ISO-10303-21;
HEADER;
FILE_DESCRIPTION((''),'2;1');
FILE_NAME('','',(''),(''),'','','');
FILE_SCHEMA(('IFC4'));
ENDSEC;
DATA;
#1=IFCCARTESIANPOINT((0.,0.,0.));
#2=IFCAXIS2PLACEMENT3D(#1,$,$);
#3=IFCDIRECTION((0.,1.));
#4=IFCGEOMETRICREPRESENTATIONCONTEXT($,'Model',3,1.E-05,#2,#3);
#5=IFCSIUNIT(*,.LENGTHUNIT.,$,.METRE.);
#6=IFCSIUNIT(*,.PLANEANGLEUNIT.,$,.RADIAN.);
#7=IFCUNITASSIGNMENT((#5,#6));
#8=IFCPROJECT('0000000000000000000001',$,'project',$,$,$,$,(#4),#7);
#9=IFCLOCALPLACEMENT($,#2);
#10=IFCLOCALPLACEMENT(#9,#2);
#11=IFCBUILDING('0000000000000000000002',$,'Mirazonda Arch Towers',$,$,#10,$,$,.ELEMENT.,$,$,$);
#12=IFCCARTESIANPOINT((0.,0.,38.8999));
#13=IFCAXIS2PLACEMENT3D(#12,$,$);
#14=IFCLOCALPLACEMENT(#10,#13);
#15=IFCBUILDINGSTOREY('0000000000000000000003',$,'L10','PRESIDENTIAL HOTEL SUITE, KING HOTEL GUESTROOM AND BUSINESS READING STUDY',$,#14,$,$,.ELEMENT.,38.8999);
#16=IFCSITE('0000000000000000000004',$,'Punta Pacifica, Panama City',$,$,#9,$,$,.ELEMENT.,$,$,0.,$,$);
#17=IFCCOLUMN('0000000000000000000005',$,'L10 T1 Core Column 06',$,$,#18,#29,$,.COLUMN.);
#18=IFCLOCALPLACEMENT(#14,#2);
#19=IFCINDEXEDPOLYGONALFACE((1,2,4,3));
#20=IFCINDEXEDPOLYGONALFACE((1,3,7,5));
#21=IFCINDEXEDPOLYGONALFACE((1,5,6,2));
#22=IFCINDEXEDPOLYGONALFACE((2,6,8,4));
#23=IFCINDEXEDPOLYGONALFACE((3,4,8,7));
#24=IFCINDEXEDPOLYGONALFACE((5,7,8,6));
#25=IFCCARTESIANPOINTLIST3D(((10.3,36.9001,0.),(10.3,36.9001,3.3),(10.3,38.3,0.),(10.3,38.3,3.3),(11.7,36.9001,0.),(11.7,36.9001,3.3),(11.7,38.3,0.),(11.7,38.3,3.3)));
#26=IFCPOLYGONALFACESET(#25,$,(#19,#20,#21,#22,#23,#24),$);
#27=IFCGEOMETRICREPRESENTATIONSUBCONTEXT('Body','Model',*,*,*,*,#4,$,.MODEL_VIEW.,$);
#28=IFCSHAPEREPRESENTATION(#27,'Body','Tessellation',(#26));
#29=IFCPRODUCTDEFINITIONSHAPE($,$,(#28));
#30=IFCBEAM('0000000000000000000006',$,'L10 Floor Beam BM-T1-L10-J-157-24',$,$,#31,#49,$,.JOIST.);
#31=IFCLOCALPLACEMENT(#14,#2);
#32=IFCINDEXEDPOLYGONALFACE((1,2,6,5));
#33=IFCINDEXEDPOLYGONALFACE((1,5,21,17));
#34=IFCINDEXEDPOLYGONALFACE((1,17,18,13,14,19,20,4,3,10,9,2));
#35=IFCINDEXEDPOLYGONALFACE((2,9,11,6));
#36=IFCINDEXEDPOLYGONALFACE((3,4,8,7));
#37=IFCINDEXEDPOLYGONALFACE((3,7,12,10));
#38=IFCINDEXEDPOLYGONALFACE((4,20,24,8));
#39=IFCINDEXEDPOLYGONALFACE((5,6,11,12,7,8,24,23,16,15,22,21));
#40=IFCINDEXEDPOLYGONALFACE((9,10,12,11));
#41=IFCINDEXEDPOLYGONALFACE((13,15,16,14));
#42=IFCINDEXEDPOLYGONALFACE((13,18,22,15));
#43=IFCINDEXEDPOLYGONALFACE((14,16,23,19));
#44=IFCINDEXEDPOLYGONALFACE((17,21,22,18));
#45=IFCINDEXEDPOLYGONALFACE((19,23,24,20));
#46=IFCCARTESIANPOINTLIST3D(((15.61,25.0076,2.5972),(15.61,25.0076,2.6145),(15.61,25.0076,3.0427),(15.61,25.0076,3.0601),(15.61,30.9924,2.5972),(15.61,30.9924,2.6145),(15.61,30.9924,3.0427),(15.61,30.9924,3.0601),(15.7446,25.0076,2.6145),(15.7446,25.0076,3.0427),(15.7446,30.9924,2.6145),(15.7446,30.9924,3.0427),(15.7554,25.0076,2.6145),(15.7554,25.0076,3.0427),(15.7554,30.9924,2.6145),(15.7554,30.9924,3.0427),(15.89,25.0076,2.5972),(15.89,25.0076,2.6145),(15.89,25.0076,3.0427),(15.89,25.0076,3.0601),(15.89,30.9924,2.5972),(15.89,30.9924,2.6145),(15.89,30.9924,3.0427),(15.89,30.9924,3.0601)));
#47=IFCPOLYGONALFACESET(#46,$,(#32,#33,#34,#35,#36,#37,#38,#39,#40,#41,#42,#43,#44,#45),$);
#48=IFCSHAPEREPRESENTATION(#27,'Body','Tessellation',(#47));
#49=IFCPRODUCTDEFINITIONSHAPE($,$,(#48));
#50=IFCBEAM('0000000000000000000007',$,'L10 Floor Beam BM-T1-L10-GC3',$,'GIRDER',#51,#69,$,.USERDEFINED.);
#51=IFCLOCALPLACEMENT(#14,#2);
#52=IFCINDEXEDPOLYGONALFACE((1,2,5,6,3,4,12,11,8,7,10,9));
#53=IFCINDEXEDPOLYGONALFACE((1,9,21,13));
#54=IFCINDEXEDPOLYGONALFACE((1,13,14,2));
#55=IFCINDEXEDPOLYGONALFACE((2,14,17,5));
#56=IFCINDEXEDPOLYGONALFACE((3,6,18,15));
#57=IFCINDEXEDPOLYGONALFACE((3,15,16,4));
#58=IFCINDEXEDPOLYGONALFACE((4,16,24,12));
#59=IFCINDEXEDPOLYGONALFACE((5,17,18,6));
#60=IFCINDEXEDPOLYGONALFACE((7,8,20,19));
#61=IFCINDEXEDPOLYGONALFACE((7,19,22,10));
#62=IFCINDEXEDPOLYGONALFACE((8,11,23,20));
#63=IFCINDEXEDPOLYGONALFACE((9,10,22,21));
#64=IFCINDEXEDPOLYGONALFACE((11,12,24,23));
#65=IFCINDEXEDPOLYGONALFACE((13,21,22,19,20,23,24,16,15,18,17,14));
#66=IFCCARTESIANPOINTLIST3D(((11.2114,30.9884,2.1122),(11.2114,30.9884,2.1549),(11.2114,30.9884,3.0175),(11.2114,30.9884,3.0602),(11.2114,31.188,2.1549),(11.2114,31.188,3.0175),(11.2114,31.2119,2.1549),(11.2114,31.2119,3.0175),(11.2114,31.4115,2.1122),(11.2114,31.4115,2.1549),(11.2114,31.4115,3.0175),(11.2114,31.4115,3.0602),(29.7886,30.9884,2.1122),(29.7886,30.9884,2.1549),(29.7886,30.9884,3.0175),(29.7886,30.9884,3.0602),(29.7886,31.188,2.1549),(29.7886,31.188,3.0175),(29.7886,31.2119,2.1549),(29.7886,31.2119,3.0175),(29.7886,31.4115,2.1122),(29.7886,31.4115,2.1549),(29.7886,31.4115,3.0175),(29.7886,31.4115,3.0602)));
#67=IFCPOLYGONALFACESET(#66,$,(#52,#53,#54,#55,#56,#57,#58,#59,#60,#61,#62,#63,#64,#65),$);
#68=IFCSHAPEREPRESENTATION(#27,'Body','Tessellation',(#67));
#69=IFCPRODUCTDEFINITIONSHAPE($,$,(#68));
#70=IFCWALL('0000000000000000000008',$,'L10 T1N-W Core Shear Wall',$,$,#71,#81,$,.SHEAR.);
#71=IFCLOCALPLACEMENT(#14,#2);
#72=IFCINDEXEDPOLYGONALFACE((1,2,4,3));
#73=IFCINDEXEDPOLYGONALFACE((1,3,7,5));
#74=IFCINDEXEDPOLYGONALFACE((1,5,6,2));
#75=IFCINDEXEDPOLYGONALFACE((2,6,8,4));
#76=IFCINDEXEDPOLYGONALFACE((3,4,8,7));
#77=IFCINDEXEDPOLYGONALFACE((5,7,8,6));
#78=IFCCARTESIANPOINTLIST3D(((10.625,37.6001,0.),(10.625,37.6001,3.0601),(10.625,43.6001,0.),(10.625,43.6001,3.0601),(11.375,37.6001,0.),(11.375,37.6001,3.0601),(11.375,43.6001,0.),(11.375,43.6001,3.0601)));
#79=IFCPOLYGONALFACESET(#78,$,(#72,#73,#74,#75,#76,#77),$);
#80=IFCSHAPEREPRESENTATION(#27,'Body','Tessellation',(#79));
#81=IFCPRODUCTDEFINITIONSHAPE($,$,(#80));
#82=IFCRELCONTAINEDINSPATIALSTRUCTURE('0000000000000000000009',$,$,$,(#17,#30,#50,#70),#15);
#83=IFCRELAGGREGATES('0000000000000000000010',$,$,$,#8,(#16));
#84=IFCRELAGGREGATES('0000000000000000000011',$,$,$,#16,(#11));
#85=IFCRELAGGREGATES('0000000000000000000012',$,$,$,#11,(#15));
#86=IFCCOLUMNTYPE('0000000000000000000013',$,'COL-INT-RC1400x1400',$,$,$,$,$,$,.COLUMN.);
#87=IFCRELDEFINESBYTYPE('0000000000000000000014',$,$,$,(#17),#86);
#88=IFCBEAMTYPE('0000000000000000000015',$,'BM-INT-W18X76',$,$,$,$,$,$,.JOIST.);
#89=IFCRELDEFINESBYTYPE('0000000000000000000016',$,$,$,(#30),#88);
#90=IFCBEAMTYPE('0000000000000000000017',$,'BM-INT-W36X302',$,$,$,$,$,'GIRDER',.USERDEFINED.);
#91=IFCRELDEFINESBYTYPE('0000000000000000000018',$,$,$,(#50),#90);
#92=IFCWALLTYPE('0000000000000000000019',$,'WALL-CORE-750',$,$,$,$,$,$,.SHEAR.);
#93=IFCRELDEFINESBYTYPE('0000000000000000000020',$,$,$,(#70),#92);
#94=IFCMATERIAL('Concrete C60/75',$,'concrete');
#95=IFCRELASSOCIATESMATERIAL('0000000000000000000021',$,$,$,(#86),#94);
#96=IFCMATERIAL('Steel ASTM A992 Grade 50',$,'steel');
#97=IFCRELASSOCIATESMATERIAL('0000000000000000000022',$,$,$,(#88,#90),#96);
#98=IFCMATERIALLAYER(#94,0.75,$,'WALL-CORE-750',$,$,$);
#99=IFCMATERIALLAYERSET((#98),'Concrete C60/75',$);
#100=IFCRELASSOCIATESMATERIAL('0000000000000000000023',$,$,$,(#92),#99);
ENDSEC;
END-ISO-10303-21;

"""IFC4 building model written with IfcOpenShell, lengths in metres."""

from ifc_helpers import new_model, si_unit, direction, frame, frame_2d, origin, origin_2d, place, context, subcontext, project, spatial, rectangle, i_section, extrude, material, layer, layer_set, material_profile, profile_set, type_object, element, save


model = new_model("IFC4")

# Units and contexts
model_context = context("Model", 3, precision=1e-05, world=origin(), true_north=direction((0.0, 1.0)))
body_context = subcontext(model_context, "Body", "Model", "MODEL_VIEW")
ifc_project = project(units=[si_unit("LENGTHUNIT", "METRE"), si_unit("PLANEANGLEUNIT", "RADIAN")], contexts=[model_context])

# Site, building, storey
site_placement = place(None, origin())
site = spatial("IfcSite", under=ifc_project, at=site_placement, Name="Punta Pacifica, Panama City", CompositionType="ELEMENT", RefElevation=0.0)
building_placement = place(site_placement, origin())
building = spatial("IfcBuilding", under=site, at=building_placement, Name="Mirazonda Arch Towers", CompositionType="ELEMENT")
storey_placement = place(building_placement, frame((0.0, 0.0, 38.8999)))
storey = spatial("IfcBuildingStorey", under=building, at=storey_placement, Name="L10", Description="PRESIDENTIAL HOTEL SUITE, KING HOTEL GUESTROOM AND BUSINESS READING STUDY", CompositionType="ELEMENT", Elevation=38.8999)

# Column
ifc_material_1 = material(Name="Concrete C60/75", Category="concrete")
ifc_material_profile_1 = material_profile(ifc_material_1, rectangle(XDim=1.3999, YDim=1.3999, at=origin_2d()), Name="RC1400x1400")
ifc_profile_set_1 = profile_set([ifc_material_profile_1], Name="Concrete C60/75")
column_type = type_object("IfcColumnType", Name="COL-INT-RC1400x1400", PredefinedType="COLUMN", material=ifc_profile_set_1)
column_placement = place(storey_placement, frame((11.0, 37.6001, 0.0), z_axis=(0.0, 0.0, 1.0), x_axis=(1.0, 0.0, 0.0)))
element("IfcColumn", 1, at=column_placement, inside=storey, type_object=column_type, Name="L10 T1 Core Column 06", PredefinedType="COLUMN", context=body_context, shape_type="SweptSolid", body=[
    extrude(rectangle(XDim=1.3999, YDim=1.3999, at=origin_2d()), origin(), (0.0, 0.0, 1.0), 3.3),
])

# Beams
ifc_material_2 = material(Name="Steel ASTM A992 Grade 50", Category="steel")
ifc_material_profile_2 = material_profile(ifc_material_2, i_section(OverallWidth=0.28, OverallDepth=0.4629, WebThickness=0.0107, FlangeThickness=0.0173, at=origin_2d()), Name="W18X76")
ifc_profile_set_2 = profile_set([ifc_material_profile_2], Name="Steel ASTM A992 Grade 50")
beam_type_1 = type_object("IfcBeamType", Name="BM-INT-W18X76", PredefinedType="JOIST", material=ifc_profile_set_2)
beam_1_placement = place(storey_placement, frame((15.75, 25.0076, 2.8286), z_axis=(0.0, 1.0, 0.0), x_axis=(-1.0, 0.0, 0.0)))
element("IfcBeam", 2, at=beam_1_placement, inside=storey, type_object=beam_type_1, Name="L10 Floor Beam BM-T1-L10-J-157-24", PredefinedType="JOIST", context=body_context, shape_type="SweptSolid", body=[
    extrude(i_section(OverallWidth=0.28, OverallDepth=0.4629, WebThickness=0.0107, FlangeThickness=0.0173, at=origin_2d()), origin(), (0.0, 0.0, 1.0), 5.9849),
])
ifc_material_profile_3 = material_profile(ifc_material_2, i_section(OverallWidth=0.4231, OverallDepth=0.948, WebThickness=0.0239, FlangeThickness=0.0427, at=origin_2d()), Name="W36X302")
ifc_profile_set_3 = profile_set([ifc_material_profile_3], Name="Steel ASTM A992 Grade 50")
beam_type_2 = type_object("IfcBeamType", Name="BM-INT-W36X302", ElementType="GIRDER", PredefinedType="USERDEFINED", material=ifc_profile_set_3)
beam_2_placement = place(storey_placement, frame((11.2114, 31.2, 2.5862), z_axis=(1.0, 0.0, 0.0), x_axis=(0.0, 1.0, 0.0)))
element("IfcBeam", 3, at=beam_2_placement, inside=storey, type_object=beam_type_2, Name="L10 Floor Beam BM-T1-L10-GC3", ObjectType="GIRDER", PredefinedType="USERDEFINED", context=body_context, shape_type="SweptSolid", body=[
    extrude(i_section(OverallWidth=0.4231, OverallDepth=0.948, WebThickness=0.0239, FlangeThickness=0.0427, at=origin_2d()), origin(), (0.0, 0.0, 1.0), 18.5771),
])

# Wall
ifc_layer_1 = layer(ifc_material_1, 0.75, Name="WALL-CORE-750")
ifc_layer_set_1 = layer_set([ifc_layer_1], Name="Concrete C60/75")
wall_type_1 = type_object("IfcWallType", Name="WALL-CORE-750", PredefinedType="SHEAR", material=ifc_layer_set_1)
wall_1_placement = place(storey_placement, frame((11.0, 37.6001, 0.0), z_axis=(0.0, 0.0, 1.0), x_axis=(0.0, 1.0, 0.0)))
element("IfcWall", 4, at=wall_1_placement, inside=storey, type_object=wall_type_1, Name="L10 T1N-W Core Shear Wall", PredefinedType="SHEAR", context=body_context, shape_type="SweptSolid", body=[
    extrude(rectangle(XDim=6.0, YDim=0.75, at=frame_2d((3.0, 0.0))), origin(), (0.0, 0.0, 1.0), 3.0601),
])

save(model, "model.ifc")
